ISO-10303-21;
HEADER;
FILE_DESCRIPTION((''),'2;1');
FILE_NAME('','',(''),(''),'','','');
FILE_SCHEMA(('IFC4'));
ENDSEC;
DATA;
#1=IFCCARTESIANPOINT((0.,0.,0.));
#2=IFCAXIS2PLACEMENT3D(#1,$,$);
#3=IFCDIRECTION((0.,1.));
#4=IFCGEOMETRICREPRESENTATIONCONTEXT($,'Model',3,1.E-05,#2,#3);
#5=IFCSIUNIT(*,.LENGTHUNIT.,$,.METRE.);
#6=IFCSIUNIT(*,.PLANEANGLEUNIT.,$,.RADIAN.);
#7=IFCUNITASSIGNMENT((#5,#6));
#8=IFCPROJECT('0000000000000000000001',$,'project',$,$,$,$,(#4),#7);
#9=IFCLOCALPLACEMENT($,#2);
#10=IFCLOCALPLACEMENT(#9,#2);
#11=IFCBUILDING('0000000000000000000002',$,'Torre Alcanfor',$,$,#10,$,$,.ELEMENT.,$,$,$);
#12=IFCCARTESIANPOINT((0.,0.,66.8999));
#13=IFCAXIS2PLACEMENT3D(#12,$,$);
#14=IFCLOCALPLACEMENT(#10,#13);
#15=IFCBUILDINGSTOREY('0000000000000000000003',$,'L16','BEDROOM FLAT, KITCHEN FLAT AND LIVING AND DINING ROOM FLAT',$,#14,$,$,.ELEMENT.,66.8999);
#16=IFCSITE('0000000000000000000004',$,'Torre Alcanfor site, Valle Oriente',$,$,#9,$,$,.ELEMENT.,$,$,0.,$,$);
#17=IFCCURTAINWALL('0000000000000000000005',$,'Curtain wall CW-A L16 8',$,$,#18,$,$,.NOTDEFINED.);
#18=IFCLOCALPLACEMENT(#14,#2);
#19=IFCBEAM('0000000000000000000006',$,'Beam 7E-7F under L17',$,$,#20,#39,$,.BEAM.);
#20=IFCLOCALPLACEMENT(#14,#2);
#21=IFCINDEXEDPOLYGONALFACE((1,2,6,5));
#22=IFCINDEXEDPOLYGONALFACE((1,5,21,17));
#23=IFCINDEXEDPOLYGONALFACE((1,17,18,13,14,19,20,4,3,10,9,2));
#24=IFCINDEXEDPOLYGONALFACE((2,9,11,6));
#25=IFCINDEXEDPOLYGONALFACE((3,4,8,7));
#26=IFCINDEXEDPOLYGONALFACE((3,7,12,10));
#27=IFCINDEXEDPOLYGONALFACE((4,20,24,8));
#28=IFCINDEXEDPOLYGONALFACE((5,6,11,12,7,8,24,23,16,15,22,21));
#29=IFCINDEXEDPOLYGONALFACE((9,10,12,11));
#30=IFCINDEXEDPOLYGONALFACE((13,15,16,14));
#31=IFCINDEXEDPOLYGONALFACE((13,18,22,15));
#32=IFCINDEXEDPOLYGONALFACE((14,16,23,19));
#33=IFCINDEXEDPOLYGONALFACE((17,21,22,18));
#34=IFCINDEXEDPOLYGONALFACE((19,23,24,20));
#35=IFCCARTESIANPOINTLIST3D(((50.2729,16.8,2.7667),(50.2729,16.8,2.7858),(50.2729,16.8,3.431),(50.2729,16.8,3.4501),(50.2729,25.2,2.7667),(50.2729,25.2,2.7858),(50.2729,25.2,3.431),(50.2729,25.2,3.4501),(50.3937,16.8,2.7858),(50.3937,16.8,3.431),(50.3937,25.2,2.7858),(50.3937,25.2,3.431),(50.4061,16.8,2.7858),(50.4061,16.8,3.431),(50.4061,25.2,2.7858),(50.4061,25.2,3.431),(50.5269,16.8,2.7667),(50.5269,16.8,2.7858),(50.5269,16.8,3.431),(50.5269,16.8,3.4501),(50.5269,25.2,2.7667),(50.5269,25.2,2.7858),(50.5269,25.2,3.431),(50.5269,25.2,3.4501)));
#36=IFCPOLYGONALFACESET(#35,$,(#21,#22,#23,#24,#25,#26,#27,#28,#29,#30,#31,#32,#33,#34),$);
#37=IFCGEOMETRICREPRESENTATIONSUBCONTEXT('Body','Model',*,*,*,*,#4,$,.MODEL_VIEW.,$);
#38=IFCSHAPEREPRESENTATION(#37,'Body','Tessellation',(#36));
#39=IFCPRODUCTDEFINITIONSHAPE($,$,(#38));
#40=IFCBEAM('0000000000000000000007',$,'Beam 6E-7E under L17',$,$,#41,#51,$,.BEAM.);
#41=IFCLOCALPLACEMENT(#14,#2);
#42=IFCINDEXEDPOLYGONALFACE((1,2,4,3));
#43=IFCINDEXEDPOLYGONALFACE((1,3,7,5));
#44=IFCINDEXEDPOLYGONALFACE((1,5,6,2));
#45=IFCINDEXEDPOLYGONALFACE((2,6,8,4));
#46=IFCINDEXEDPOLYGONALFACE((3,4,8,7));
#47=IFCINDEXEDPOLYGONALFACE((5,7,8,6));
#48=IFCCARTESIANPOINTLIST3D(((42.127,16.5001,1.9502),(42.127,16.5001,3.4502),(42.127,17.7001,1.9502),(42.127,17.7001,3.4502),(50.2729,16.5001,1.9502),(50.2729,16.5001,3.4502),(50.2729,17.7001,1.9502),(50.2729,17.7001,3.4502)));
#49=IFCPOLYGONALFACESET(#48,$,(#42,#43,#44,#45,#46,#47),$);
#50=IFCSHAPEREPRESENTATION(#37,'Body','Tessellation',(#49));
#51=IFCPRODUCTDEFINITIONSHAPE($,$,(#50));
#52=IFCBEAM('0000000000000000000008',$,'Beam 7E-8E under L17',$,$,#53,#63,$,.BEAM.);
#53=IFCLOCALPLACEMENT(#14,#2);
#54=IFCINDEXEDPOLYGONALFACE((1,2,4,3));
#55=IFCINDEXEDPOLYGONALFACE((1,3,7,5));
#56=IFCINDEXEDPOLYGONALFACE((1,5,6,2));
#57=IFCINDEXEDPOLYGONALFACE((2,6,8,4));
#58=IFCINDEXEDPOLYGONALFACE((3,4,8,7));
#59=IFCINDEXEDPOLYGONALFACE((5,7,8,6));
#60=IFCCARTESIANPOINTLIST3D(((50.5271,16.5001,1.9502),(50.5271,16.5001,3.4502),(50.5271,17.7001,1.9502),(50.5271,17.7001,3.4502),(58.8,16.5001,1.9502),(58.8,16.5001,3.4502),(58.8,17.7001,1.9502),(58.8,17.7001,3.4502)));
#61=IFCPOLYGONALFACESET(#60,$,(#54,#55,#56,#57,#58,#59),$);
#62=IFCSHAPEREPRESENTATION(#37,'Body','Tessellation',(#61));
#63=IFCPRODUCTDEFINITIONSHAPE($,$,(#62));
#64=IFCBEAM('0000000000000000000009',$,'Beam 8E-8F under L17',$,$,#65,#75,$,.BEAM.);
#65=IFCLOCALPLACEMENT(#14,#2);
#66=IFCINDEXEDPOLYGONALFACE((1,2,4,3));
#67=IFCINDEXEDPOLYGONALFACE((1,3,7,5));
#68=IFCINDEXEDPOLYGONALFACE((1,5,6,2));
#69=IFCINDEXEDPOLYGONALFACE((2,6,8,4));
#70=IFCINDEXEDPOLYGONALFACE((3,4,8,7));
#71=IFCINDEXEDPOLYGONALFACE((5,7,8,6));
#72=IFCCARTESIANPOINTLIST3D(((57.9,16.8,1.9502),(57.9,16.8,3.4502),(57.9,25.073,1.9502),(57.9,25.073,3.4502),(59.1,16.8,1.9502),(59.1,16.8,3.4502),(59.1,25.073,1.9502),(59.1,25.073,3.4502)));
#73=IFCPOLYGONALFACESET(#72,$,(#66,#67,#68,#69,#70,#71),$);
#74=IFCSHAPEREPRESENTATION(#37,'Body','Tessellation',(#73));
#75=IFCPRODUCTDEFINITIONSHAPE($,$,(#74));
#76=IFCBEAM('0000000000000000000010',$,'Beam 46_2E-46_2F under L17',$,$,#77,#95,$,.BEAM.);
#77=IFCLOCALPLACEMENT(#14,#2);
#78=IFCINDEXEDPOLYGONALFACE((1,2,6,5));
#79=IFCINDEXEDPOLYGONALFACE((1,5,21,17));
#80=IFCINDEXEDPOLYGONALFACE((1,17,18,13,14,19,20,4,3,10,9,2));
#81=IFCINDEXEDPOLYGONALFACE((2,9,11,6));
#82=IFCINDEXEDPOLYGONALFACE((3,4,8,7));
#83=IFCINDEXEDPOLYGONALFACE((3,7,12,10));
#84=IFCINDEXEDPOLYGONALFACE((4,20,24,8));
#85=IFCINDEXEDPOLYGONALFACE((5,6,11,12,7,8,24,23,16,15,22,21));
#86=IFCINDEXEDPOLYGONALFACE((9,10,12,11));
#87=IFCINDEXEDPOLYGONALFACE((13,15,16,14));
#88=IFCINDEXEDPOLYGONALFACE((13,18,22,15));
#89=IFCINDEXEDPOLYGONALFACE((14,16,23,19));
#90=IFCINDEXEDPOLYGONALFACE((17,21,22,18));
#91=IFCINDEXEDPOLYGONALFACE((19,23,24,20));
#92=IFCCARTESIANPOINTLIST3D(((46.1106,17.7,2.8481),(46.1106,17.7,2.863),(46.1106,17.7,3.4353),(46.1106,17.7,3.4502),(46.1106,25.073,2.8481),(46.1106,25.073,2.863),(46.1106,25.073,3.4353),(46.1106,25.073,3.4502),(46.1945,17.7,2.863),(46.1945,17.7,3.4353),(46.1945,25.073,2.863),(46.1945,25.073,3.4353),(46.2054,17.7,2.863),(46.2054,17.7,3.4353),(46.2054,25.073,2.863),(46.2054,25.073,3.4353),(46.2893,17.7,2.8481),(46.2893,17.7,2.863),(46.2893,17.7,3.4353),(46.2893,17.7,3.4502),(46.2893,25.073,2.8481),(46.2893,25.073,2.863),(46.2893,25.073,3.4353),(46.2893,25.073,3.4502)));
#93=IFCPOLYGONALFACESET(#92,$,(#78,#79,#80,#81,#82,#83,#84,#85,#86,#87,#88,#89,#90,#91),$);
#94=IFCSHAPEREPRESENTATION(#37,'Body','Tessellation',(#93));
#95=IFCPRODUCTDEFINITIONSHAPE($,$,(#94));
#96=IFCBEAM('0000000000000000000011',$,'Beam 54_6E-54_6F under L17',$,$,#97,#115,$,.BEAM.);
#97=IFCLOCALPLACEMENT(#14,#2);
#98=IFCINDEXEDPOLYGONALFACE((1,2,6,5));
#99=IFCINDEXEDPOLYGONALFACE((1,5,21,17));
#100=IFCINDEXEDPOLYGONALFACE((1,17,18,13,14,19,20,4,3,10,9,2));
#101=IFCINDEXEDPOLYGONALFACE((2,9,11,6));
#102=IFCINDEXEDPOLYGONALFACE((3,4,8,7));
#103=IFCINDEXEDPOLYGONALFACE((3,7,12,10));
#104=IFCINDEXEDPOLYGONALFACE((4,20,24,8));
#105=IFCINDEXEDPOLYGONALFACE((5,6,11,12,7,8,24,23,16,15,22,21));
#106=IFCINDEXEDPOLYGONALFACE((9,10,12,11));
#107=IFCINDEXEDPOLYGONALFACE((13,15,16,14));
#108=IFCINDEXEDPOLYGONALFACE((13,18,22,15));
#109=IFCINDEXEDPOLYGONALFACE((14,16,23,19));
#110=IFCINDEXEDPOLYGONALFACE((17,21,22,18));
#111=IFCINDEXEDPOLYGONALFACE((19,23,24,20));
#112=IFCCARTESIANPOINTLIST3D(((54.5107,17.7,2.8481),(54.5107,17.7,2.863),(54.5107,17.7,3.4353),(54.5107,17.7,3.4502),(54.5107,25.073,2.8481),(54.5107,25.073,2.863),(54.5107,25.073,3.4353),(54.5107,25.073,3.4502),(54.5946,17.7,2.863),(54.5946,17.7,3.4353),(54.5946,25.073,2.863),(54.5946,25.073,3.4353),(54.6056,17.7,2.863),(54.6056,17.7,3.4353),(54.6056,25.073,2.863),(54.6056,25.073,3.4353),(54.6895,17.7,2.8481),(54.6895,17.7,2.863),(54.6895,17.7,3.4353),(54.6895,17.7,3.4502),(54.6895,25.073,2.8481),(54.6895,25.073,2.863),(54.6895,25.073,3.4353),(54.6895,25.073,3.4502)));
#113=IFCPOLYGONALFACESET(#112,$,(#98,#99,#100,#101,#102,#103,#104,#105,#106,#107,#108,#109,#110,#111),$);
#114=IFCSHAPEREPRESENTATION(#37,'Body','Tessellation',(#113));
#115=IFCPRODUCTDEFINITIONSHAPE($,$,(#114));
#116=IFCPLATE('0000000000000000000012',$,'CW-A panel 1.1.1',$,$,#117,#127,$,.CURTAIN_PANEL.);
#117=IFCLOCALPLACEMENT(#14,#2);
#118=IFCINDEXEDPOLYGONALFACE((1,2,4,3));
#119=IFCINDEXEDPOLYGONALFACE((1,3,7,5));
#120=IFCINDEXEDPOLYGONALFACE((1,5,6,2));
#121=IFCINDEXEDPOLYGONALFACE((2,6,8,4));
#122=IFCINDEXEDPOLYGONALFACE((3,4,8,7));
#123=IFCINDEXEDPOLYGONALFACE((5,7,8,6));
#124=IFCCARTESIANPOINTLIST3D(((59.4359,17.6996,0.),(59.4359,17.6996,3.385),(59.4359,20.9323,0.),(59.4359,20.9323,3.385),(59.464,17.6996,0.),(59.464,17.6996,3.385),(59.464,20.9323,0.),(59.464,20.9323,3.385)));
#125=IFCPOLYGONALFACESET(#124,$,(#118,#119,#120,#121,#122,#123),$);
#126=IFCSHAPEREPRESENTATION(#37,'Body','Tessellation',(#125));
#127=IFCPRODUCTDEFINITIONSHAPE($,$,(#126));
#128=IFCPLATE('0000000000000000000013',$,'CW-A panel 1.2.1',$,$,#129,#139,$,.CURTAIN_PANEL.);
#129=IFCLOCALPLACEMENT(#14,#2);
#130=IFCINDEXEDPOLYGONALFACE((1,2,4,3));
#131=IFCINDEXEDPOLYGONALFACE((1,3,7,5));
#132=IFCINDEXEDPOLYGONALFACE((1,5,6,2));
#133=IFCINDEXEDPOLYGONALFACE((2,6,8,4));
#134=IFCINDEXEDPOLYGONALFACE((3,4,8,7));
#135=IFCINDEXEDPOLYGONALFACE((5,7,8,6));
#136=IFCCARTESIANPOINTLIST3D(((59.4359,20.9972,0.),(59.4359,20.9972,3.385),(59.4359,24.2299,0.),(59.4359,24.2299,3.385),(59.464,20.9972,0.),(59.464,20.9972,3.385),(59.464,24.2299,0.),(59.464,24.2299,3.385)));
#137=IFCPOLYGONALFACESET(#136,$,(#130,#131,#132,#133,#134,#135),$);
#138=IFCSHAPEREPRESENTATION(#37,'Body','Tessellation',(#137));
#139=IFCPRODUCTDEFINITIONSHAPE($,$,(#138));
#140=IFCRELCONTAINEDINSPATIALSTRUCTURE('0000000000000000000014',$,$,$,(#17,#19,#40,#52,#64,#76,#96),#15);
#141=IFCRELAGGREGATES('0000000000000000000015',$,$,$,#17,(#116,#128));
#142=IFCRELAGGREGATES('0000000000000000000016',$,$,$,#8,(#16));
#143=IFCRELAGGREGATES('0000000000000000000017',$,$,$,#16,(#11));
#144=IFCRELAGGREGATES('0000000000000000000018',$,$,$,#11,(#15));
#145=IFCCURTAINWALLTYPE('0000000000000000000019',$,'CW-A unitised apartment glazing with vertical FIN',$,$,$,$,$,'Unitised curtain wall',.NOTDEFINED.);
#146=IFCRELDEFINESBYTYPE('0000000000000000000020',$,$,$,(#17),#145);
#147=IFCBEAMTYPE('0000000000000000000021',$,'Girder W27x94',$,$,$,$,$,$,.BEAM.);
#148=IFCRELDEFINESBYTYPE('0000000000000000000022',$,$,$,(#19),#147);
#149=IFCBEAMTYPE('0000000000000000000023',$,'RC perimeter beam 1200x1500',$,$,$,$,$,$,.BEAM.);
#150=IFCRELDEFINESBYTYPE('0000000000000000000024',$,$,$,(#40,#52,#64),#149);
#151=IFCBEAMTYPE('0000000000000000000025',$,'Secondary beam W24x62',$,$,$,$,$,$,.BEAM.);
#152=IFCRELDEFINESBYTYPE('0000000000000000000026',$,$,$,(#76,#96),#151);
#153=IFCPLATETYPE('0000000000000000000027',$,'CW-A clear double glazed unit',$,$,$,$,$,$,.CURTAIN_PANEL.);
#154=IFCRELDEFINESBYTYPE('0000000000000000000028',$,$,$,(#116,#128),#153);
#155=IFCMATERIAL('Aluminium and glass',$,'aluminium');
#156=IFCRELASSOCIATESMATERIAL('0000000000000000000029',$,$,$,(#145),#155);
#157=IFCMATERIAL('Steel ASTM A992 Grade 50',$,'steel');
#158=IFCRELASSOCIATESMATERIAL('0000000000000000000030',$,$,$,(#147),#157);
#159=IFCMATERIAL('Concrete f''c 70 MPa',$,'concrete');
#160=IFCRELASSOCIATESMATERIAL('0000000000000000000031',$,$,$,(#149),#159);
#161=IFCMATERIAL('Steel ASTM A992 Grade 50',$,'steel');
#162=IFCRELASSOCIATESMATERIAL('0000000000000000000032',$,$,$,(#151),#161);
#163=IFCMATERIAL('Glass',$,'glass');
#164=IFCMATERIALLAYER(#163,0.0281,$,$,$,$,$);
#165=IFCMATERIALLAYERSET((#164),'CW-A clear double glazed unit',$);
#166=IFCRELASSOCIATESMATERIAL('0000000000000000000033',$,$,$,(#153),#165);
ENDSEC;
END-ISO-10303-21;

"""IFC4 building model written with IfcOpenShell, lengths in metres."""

from ifc_helpers import new_model, si_unit, direction, frame, origin, origin_2d, place, context, subcontext, project, spatial, rectangle, i_section, extrude, material, layer, layer_set, material_profile, profile_set, type_object, element, aggregate, save


model = new_model("IFC4")

# Units and contexts
model_context = context("Model", 3, precision=1e-05, world=origin(), true_north=direction((0.0, 1.0)))
body_context = subcontext(model_context, "Body", "Model", "MODEL_VIEW")
ifc_project = project(units=[si_unit("LENGTHUNIT", "METRE"), si_unit("PLANEANGLEUNIT", "RADIAN")], contexts=[model_context])

# Site, building, storey
site_placement = place(None, origin())
site = spatial("IfcSite", under=ifc_project, at=site_placement, Name="Torre Alcanfor site, Valle Oriente", CompositionType="ELEMENT", RefElevation=0.0)
building_placement = place(site_placement, origin())
building = spatial("IfcBuilding", under=site, at=building_placement, Name="Torre Alcanfor", CompositionType="ELEMENT")
storey_placement = place(building_placement, frame((0.0, 0.0, 66.8999)))
storey = spatial("IfcBuildingStorey", under=building, at=storey_placement, Name="L16", Description="BEDROOM FLAT, KITCHEN FLAT AND LIVING AND DINING ROOM FLAT", CompositionType="ELEMENT", Elevation=66.8999)

# Curtain wall
ifc_material_1 = material(Name="Aluminium and glass", Category="aluminium")
curtain_wall_type = type_object("IfcCurtainWallType", Name="CW-A unitised apartment glazing with vertical FIN", ElementType="Unitised curtain wall", PredefinedType="NOTDEFINED", material=ifc_material_1)
curtain_wall_placement = place(storey_placement, origin())
curtain_wall = element("IfcCurtainWall", 1, at=curtain_wall_placement, inside=storey, type_object=curtain_wall_type, Name="Curtain wall CW-A L16 8", PredefinedType="NOTDEFINED")

# Beams
ifc_material_2 = material(Name="Steel ASTM A992 Grade 50", Category="steel")
ifc_material_profile_1 = material_profile(ifc_material_2, i_section(OverallWidth=0.2539, OverallDepth=0.6833, WebThickness=0.0125, FlangeThickness=0.019, at=origin_2d()), Name="W27x94")
ifc_profile_set_1 = profile_set([ifc_material_profile_1], Name="Steel ASTM A992 Grade 50")
beam_type_1 = type_object("IfcBeamType", Name="Girder W27x94", PredefinedType="BEAM", material=ifc_profile_set_1)
beam_1_placement = place(storey_placement, frame((50.3999, 16.8, 3.1084), z_axis=(0.0, 1.0, 0.0), x_axis=(-1.0, 0.0, 0.0)))
element("IfcBeam", 2, at=beam_1_placement, inside=storey, type_object=beam_type_1, Name="Beam 7E-7F under L17", PredefinedType="BEAM", context=body_context, shape_type="SweptSolid", body=[
    extrude(i_section(OverallWidth=0.2539, OverallDepth=0.6833, WebThickness=0.0125, FlangeThickness=0.019, at=origin_2d()), origin(), (0.0, 0.0, 1.0), 8.3999),
])
ifc_material_3 = material(Name="Concrete f'c 70 MPa", Category="concrete")
ifc_material_profile_2 = material_profile(ifc_material_3, rectangle(XDim=1.2, YDim=1.5, at=origin_2d()), Name="1200x1500")
ifc_profile_set_2 = profile_set([ifc_material_profile_2], Name="Concrete f'c 70 MPa")
beam_type_2 = type_object("IfcBeamType", Name="RC perimeter beam 1200x1500", PredefinedType="BEAM", material=ifc_profile_set_2)
beam_2_placement = place(storey_placement, frame((42.127, 17.1001, 2.7002), z_axis=(1.0, 0.0, 0.0), x_axis=(0.0, 1.0, 0.0)))
element("IfcBeam", 3, at=beam_2_placement, inside=storey, type_object=beam_type_2, Name="Beam 6E-7E under L17", PredefinedType="BEAM", context=body_context, shape_type="SweptSolid", body=[
    extrude(rectangle(XDim=1.2, YDim=1.5, at=origin_2d()), origin(), (0.0, 0.0, 1.0), 8.146),
])
for number, where, z_axis, x_axis, name in (
    (4, (50.5271, 17.1001, 2.7002), (1.0, 0.0, 0.0), (0.0, 1.0, 0.0), "Beam 7E-8E under L17"),
    (5, (58.5, 16.8, 2.7002), (0.0, 1.0, 0.0), (-1.0, 0.0, 0.0), "Beam 8E-8F under L17"),
):
    element("IfcBeam", number, at=place(storey_placement, frame(where, z_axis=z_axis, x_axis=x_axis)), inside=storey, type_object=beam_type_2, Name=name, PredefinedType="BEAM", context=body_context, shape_type="SweptSolid", body=[
        extrude(rectangle(XDim=1.2, YDim=1.5, at=origin_2d()), origin(), (0.0, 0.0, 1.0), 8.2729),
    ])
ifc_material_4 = material(Name="Steel ASTM A992 Grade 50", Category="steel")
ifc_material_profile_3 = material_profile(ifc_material_4, i_section(OverallWidth=0.1787, OverallDepth=0.6021, WebThickness=0.011, FlangeThickness=0.0149, at=origin_2d()), Name="W24x62")
ifc_profile_set_3 = profile_set([ifc_material_profile_3], Name="Steel ASTM A992 Grade 50")
beam_type_3 = type_object("IfcBeamType", Name="Secondary beam W24x62", PredefinedType="BEAM", material=ifc_profile_set_3)
for number, where, z_axis, x_axis, name in (
    (6, (46.2, 17.7, 3.1492), (0.0, 1.0, 0.0), (-1.0, 0.0, 0.0), "Beam 46_2E-46_2F under L17"),
    (7, (54.6001, 17.7, 3.1492), (0.0, 1.0, 0.0), (-1.0, 0.0, 0.0), "Beam 54_6E-54_6F under L17"),
):
    element("IfcBeam", number, at=place(storey_placement, frame(where, z_axis=z_axis, x_axis=x_axis)), inside=storey, type_object=beam_type_3, Name=name, PredefinedType="BEAM", context=body_context, shape_type="SweptSolid", body=[
        extrude(i_section(OverallWidth=0.1787, OverallDepth=0.6021, WebThickness=0.011, FlangeThickness=0.0149, at=origin_2d()), origin(), (0.0, 0.0, 1.0), 7.373),
    ])

# Plates
ifc_material_5 = material(Name="Glass", Category="glass")
ifc_layer = layer(ifc_material_5, 0.0281)
ifc_layer_set = layer_set([ifc_layer], Name="CW-A clear double glazed unit")
plate_type = type_object("IfcPlateType", Name="CW-A clear double glazed unit", PredefinedType="CURTAIN_PANEL", material=ifc_layer_set)
plate_1_placement = place(storey_placement, frame((59.45, 19.3159, 0.0), z_axis=(0.0, 0.0, 1.0), x_axis=(0.0, 1.0, 0.0)))
plate_1 = element("IfcPlate", 8, at=plate_1_placement, type_object=plate_type, Name="CW-A panel 1.1.1", PredefinedType="CURTAIN_PANEL", context=body_context, shape_type="SweptSolid", body=[
    extrude(rectangle(XDim=3.2327, YDim=0.0281, at=origin_2d()), origin(), (0.0, 0.0, 1.0), 3.385),
])
plate_2_placement = place(storey_placement, frame((59.45, 22.6135, 0.0), z_axis=(0.0, 0.0, 1.0), x_axis=(0.0, 1.0, 0.0)))
plate_2 = element("IfcPlate", 9, at=plate_2_placement, type_object=plate_type, Name="CW-A panel 1.2.1", PredefinedType="CURTAIN_PANEL", context=body_context, shape_type="SweptSolid", body=[
    extrude(rectangle(XDim=3.2327, YDim=0.0281, at=origin_2d()), origin(), (0.0, 0.0, 1.0), 3.385),
])
aggregate(curtain_wall, [plate_1, plate_2])

save(model, "model.ifc")
